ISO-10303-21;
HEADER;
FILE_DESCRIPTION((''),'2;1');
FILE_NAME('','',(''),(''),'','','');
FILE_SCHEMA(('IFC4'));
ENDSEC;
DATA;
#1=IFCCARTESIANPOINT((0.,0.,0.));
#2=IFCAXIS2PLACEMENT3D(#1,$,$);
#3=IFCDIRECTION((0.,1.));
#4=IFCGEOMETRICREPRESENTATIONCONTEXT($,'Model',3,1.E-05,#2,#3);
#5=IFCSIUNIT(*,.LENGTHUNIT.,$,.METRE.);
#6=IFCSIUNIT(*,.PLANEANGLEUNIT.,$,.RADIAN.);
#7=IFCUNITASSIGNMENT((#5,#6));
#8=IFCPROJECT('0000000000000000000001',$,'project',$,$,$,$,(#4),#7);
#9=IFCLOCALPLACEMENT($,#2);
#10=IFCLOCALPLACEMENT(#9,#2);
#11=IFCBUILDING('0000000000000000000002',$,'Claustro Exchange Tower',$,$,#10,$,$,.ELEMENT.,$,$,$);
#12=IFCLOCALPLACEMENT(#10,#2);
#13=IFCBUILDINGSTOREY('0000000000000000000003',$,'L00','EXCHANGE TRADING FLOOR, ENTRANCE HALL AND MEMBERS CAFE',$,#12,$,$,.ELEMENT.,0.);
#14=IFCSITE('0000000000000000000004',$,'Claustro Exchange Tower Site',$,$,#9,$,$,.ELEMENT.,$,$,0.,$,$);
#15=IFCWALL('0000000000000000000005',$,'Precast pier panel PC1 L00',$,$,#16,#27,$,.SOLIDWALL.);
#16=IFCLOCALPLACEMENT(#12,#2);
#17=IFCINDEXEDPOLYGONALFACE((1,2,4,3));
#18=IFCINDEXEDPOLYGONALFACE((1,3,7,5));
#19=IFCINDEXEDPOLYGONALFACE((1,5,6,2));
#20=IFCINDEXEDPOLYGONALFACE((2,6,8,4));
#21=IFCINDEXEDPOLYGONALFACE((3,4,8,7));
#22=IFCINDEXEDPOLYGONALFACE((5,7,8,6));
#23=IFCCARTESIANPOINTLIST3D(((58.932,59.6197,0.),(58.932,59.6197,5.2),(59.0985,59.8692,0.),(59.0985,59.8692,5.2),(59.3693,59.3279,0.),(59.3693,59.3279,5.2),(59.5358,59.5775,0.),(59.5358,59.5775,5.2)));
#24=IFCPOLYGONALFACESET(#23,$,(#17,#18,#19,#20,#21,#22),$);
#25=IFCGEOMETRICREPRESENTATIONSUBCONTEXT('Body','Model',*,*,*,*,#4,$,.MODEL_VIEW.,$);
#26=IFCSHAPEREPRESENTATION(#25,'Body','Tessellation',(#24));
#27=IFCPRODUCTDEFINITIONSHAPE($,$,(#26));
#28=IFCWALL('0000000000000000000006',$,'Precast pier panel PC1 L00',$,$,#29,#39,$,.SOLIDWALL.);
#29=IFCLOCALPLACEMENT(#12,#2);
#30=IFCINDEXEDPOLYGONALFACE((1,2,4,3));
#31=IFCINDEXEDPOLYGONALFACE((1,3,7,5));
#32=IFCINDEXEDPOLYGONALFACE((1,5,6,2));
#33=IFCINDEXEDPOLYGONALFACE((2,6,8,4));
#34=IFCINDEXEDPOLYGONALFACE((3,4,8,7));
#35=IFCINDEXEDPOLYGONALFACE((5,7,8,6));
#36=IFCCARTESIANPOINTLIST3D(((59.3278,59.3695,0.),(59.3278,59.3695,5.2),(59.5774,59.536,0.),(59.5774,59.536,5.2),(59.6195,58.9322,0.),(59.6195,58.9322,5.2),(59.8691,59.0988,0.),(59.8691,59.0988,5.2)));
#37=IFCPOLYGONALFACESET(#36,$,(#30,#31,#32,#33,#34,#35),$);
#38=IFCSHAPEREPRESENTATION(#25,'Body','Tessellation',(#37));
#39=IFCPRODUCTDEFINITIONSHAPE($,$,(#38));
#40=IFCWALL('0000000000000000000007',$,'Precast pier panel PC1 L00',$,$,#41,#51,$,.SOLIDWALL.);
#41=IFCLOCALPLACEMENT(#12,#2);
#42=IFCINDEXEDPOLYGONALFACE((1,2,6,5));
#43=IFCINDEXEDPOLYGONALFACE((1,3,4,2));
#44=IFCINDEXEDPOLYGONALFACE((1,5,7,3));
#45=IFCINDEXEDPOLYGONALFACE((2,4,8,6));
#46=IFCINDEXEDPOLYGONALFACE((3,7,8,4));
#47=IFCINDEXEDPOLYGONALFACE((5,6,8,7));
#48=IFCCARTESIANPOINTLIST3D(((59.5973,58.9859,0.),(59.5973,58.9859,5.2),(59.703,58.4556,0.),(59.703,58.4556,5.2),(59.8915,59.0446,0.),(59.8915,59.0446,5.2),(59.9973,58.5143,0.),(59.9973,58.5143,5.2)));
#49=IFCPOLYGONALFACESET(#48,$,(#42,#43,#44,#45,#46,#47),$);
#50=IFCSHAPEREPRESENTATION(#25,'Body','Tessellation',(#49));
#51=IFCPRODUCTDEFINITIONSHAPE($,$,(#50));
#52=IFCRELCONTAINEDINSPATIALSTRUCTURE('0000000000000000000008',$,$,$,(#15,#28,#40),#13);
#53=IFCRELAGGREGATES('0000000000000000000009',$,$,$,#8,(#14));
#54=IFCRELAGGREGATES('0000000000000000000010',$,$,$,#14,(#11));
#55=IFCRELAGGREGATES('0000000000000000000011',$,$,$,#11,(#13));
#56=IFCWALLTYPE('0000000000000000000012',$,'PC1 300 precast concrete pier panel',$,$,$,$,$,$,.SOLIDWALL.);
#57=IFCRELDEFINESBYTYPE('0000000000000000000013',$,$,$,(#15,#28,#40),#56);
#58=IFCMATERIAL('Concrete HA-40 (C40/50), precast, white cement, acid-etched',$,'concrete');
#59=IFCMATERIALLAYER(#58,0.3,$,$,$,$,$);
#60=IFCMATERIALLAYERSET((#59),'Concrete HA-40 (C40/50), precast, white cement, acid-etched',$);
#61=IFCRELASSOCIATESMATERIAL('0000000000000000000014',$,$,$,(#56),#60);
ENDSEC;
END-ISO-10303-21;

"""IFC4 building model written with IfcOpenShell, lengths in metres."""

from ifc_helpers import new_model, si_unit, direction, frame, frame_2d, origin, place, context, subcontext, project, spatial, rectangle, extrude, material, layer, layer_set, type_object, element, save


model = new_model("IFC4")

# Units and contexts
model_context = context("Model", 3, precision=1e-05, world=origin(), true_north=direction((0.0, 1.0)))
body_context = subcontext(model_context, "Body", "Model", "MODEL_VIEW")
ifc_project = project(units=[si_unit("LENGTHUNIT", "METRE"), si_unit("PLANEANGLEUNIT", "RADIAN")], contexts=[model_context])

# Site, building, storey
site_placement = place(None, origin())
site = spatial("IfcSite", under=ifc_project, at=site_placement, Name="Claustro Exchange Tower Site", CompositionType="ELEMENT", RefElevation=0.0)
building_placement = place(site_placement, origin())
building = spatial("IfcBuilding", under=site, at=building_placement, Name="Claustro Exchange Tower", CompositionType="ELEMENT")
storey_placement = place(building_placement, origin())
storey = spatial("IfcBuildingStorey", under=building, at=storey_placement, Name="L00", Description="EXCHANGE TRADING FLOOR, ENTRANCE HALL AND MEMBERS CAFE", CompositionType="ELEMENT", Elevation=0.0)

# Walls
ifc_material_1 = material(Name="Concrete HA-40 (C40/50), precast, white cement, acid-etched", Category="concrete")
ifc_layer_1 = layer(ifc_material_1, 0.3)
ifc_layer_set_1 = layer_set([ifc_layer_1], Name="Concrete HA-40 (C40/50), precast, white cement, acid-etched")
wall_type = type_object("IfcWallType", Name="PC1 300 precast concrete pier panel", PredefinedType="SOLIDWALL", material=ifc_layer_set_1)
for number, where, z_axis, x_axis, name in (
    (1, (59.0154, 59.7444, 0.0), (0.0, 0.0, 1.0), (0.831836, -0.555022, 0.0), "Precast pier panel PC1 L00"),
    (2, (59.4526, 59.4526, 0.0), (0.0, 0.0, 1.0), (0.555022, -0.831836, 0.0), "Precast pier panel PC1 L00"),
):
    element("IfcWall", number, at=place(storey_placement, frame(where, z_axis=z_axis, x_axis=x_axis)), inside=storey, type_object=wall_type, Name=name, PredefinedType="SOLIDWALL", context=body_context, shape_type="SweptSolid", body=[
        extrude(rectangle(XDim=0.5256, YDim=0.3, at=frame_2d((0.2627, 0.0))), origin(), (0.0, 0.0, 1.0), 5.2),
    ])
wall_1_placement = place(storey_placement, frame((59.7444, 59.0154, 0.0), z_axis=(0.0, 0.0, 1.0), x_axis=(0.195508, -0.980702, 0.0)))
element("IfcWall", 3, at=wall_1_placement, inside=storey, type_object=wall_type, Name="Precast pier panel PC1 L00", PredefinedType="SOLIDWALL", context=body_context, shape_type="SweptSolid", body=[
    extrude(rectangle(XDim=0.5408, YDim=0.3, at=frame_2d((0.2705, 0.0))), origin(), (0.0, 0.0, 1.0), 5.2),
])

save(model, "model.ifc")
